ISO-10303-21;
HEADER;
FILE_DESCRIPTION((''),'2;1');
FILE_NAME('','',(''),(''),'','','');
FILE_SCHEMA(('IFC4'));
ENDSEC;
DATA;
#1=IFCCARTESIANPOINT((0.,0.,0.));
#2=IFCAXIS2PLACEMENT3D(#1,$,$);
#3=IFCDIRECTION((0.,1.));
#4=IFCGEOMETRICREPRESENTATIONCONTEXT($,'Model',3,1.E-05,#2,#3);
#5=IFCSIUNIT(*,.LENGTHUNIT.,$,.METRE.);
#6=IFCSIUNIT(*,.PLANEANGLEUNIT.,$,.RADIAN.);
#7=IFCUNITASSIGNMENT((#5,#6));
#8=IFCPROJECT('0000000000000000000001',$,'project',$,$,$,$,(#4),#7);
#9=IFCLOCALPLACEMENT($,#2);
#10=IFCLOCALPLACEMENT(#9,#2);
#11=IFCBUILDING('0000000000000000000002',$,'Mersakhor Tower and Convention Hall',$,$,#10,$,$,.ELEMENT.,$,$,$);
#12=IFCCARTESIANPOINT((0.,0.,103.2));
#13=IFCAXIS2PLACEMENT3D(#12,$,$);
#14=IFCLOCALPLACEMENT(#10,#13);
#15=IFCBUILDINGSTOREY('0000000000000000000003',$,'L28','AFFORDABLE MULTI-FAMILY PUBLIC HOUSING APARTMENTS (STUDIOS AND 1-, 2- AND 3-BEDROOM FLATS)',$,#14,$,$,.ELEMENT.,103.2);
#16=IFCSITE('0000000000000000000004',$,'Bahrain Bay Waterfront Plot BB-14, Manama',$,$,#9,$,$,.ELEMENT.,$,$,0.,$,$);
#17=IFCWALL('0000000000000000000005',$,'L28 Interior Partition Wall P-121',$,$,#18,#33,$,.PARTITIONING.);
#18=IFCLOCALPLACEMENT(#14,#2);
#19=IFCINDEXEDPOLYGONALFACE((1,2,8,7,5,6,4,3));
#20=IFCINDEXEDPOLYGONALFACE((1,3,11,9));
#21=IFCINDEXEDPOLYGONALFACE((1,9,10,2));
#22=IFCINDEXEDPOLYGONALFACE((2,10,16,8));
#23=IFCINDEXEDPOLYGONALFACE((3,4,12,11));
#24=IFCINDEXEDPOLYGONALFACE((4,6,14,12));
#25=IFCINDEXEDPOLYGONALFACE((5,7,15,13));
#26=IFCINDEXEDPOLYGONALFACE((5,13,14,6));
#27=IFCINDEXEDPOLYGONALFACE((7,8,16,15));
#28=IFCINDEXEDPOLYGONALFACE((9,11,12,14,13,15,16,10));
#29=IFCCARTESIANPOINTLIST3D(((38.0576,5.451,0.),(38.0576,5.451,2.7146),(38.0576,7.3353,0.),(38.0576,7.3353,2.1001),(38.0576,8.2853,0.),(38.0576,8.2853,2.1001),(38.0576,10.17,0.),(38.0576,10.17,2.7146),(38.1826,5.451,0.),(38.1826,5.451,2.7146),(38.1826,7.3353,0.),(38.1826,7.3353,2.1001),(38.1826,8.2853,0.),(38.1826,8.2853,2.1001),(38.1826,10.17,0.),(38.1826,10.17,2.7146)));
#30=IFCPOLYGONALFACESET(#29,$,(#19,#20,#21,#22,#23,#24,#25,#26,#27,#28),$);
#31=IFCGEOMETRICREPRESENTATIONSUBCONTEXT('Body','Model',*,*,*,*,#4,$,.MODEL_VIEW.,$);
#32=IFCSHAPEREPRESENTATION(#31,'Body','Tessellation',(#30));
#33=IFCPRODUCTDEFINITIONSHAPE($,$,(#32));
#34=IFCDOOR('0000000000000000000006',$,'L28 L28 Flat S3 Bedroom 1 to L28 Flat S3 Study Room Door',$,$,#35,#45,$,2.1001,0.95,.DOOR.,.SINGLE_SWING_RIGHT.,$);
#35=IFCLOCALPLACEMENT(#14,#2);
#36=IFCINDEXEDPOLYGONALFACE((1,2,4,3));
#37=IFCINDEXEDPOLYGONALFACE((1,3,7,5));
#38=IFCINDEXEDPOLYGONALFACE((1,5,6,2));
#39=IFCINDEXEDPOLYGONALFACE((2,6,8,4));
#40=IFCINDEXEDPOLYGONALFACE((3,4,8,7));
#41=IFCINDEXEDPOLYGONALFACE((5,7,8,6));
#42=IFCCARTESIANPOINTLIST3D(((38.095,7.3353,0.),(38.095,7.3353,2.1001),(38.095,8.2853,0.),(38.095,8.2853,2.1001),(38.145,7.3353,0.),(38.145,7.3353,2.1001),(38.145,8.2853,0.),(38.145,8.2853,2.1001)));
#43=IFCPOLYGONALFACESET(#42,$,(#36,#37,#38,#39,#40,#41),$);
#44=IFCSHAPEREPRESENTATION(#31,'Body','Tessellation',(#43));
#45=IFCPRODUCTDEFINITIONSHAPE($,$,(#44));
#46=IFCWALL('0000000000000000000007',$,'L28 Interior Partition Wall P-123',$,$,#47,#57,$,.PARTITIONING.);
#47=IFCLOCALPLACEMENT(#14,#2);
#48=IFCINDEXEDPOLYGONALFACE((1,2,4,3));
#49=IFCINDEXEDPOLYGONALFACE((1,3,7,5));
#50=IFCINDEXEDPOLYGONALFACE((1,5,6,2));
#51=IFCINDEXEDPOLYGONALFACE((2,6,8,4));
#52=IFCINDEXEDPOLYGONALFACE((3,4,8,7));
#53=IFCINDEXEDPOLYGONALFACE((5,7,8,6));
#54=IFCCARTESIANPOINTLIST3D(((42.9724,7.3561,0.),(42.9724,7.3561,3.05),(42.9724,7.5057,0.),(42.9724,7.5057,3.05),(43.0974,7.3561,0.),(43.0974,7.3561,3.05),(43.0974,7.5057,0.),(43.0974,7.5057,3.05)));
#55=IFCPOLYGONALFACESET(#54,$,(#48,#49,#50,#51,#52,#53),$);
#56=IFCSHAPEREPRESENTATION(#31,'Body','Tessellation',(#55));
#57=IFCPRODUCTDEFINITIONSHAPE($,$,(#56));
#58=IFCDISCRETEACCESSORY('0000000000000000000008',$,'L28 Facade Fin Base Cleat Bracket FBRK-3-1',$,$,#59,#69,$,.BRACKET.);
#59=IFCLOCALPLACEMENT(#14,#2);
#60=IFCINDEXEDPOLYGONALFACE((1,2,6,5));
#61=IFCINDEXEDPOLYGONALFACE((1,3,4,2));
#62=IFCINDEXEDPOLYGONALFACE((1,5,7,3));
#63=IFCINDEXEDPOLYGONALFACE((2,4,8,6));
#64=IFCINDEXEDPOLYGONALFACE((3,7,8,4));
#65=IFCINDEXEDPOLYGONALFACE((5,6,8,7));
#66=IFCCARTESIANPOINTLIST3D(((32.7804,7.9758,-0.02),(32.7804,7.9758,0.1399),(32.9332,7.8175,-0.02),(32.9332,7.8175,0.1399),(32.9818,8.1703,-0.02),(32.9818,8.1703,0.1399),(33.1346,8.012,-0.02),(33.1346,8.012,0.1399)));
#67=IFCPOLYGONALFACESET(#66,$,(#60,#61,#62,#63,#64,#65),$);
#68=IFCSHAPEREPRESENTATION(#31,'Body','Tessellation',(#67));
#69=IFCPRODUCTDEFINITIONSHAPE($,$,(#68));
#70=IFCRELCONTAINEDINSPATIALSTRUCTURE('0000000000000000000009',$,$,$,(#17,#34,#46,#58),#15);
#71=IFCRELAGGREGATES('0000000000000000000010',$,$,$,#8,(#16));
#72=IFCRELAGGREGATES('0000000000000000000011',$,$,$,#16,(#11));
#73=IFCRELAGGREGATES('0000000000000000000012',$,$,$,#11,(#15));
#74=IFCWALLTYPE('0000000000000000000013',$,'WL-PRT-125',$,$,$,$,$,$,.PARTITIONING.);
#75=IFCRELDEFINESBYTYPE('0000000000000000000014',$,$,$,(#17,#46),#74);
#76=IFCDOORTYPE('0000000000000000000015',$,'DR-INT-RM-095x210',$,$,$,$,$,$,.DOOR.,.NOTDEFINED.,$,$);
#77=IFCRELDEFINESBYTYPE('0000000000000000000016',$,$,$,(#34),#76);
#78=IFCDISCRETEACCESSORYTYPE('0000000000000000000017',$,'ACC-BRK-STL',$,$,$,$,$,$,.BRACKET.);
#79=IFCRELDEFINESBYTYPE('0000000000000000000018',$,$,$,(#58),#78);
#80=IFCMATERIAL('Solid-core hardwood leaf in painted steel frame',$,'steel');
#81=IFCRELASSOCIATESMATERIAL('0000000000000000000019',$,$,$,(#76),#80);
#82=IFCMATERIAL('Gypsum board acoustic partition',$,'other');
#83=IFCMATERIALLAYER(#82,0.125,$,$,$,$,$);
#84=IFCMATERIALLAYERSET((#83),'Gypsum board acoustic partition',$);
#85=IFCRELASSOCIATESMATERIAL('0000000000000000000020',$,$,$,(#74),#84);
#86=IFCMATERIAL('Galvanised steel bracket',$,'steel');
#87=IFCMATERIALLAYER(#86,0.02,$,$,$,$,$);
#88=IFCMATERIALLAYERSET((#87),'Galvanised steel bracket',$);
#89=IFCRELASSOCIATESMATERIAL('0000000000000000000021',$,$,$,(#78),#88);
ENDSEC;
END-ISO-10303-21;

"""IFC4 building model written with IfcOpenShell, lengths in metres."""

from ifc_helpers import new_model, si_unit, direction, frame, frame_2d, origin, origin_2d, place, context, subcontext, project, spatial, rectangle, extrude, material, layer, layer_set, type_object, element, fill, save


model = new_model("IFC4")

# Units and contexts
model_context = context("Model", 3, precision=1e-05, world=origin(), true_north=direction((0.0, 1.0)))
body_context = subcontext(model_context, "Body", "Model", "MODEL_VIEW")
ifc_project = project(units=[si_unit("LENGTHUNIT", "METRE"), si_unit("PLANEANGLEUNIT", "RADIAN")], contexts=[model_context])

# Site, building, storey
site_placement = place(None, origin())
site = spatial("IfcSite", under=ifc_project, at=site_placement, Name="Bahrain Bay Waterfront Plot BB-14, Manama", CompositionType="ELEMENT", RefElevation=0.0)
building_placement = place(site_placement, origin())
building = spatial("IfcBuilding", under=site, at=building_placement, Name="Mersakhor Tower and Convention Hall", CompositionType="ELEMENT")
storey_placement = place(building_placement, frame((0.0, 0.0, 103.2)))
storey = spatial("IfcBuildingStorey", under=building, at=storey_placement, Name="L28", Description="AFFORDABLE MULTI-FAMILY PUBLIC HOUSING APARTMENTS (STUDIOS AND 1-, 2- AND 3-BEDROOM FLATS)", CompositionType="ELEMENT", Elevation=103.2)

# Wall, opening, door
ifc_material_1 = material(Name="Solid-core hardwood leaf in painted steel frame", Category="steel")
door_type_1 = type_object("IfcDoorType", Name="DR-INT-RM-095x210", OperationType="NOTDEFINED", PredefinedType="DOOR", material=ifc_material_1)
ifc_material_2 = material(Name="Gypsum board acoustic partition", Category="other")
ifc_layer_1 = layer(ifc_material_2, 0.125)
ifc_layer_set_1 = layer_set([ifc_layer_1], Name="Gypsum board acoustic partition")
wall_type_1 = type_object("IfcWallType", Name="WL-PRT-125", PredefinedType="PARTITIONING", material=ifc_layer_set_1)
wall_1_placement = place(storey_placement, frame((38.1201, 10.1699, 0.0), z_axis=(0.0, 0.0, 1.0), x_axis=(0.0, -1.0, 0.0)))
wall_1 = element("IfcWall", 1, at=wall_1_placement, inside=storey, type_object=wall_type_1, Name="L28 Interior Partition Wall P-121", PredefinedType="PARTITIONING", context=body_context, shape_type="SweptSolid", body=[
    extrude(rectangle(XDim=4.719, YDim=0.125, at=frame_2d((2.3594, 0.0))), origin(), (0.0, 0.0, 1.0), 2.7146),
])
opening_1_placement = place(wall_1_placement, frame((1.8845, 0.0, 0.0)))
opening_1 = element("IfcOpeningElement", 2, at=opening_1_placement, cuts=wall_1, PredefinedType="OPENING", context=body_context, shape_type="SweptSolid", body=[
    extrude(rectangle(XDim=0.95, YDim=2.1001, at=frame_2d((0.4751, 1.05))), frame((0.0, 0.0725, 0.0), z_axis=(0.0, -1.0, 0.0), x_axis=(1.0, 0.0, 0.0)), (0.0, 0.0, 1.0), 0.145),
])
door_1_placement = place(opening_1_placement, origin())
door_1 = element("IfcDoor", 3, at=door_1_placement, inside=storey, type_object=door_type_1, Name="L28 L28 Flat S3 Bedroom 1 to L28 Flat S3 Study Room Door", OperationType="SINGLE_SWING_RIGHT", OverallHeight=2.1001, OverallWidth=0.95, PredefinedType="DOOR", context=body_context, shape_type="SweptSolid", body=[
    extrude(rectangle(XDim=0.95, YDim=2.1001, at=frame_2d((0.4751, 1.05))), frame((0.0, 0.0249, 0.0), z_axis=(0.0, -1.0, 0.0), x_axis=(1.0, 0.0, 0.0)), (0.0, 0.0, 1.0), 0.05),
])
fill(opening_1, door_1)

# Wall
wall_2_placement = place(storey_placement, frame((43.0349, 7.5056, 0.0), z_axis=(0.0, 0.0, 1.0), x_axis=(0.0, -1.0, 0.0)))
element("IfcWall", 4, at=wall_2_placement, inside=storey, type_object=wall_type_1, Name="L28 Interior Partition Wall P-123", PredefinedType="PARTITIONING", context=body_context, shape_type="SweptSolid", body=[
    extrude(rectangle(XDim=0.1497, YDim=0.125, at=frame_2d((0.0747, 0.0))), origin(), (0.0, 0.0, 1.0), 3.05),
])

# Discrete accessory
ifc_material_3 = material(Name="Galvanised steel bracket", Category="steel")
ifc_layer_2 = layer(ifc_material_3, 0.02)
ifc_layer_set_2 = layer_set([ifc_layer_2], Name="Galvanised steel bracket")
discrete_accessory_type = type_object("IfcDiscreteAccessoryType", Name="ACC-BRK-STL", PredefinedType="BRACKET", material=ifc_layer_set_2)
discrete_accessory_placement = place(storey_placement, frame((32.9575, 7.9939, -0.02), z_axis=(0.0, 0.0, 1.0), x_axis=(-0.71934, -0.694658, 0.0)))
element("IfcDiscreteAccessory", 5, at=discrete_accessory_placement, inside=storey, type_object=discrete_accessory_type, Name="L28 Facade Fin Base Cleat Bracket FBRK-3-1", PredefinedType="BRACKET", context=body_context, shape_type="SweptSolid", body=[
    extrude(rectangle(XDim=0.28, YDim=0.22, at=origin_2d()), origin(), (0.0, 0.0, 1.0), 0.1599),
])

save(model, "model.ifc")
